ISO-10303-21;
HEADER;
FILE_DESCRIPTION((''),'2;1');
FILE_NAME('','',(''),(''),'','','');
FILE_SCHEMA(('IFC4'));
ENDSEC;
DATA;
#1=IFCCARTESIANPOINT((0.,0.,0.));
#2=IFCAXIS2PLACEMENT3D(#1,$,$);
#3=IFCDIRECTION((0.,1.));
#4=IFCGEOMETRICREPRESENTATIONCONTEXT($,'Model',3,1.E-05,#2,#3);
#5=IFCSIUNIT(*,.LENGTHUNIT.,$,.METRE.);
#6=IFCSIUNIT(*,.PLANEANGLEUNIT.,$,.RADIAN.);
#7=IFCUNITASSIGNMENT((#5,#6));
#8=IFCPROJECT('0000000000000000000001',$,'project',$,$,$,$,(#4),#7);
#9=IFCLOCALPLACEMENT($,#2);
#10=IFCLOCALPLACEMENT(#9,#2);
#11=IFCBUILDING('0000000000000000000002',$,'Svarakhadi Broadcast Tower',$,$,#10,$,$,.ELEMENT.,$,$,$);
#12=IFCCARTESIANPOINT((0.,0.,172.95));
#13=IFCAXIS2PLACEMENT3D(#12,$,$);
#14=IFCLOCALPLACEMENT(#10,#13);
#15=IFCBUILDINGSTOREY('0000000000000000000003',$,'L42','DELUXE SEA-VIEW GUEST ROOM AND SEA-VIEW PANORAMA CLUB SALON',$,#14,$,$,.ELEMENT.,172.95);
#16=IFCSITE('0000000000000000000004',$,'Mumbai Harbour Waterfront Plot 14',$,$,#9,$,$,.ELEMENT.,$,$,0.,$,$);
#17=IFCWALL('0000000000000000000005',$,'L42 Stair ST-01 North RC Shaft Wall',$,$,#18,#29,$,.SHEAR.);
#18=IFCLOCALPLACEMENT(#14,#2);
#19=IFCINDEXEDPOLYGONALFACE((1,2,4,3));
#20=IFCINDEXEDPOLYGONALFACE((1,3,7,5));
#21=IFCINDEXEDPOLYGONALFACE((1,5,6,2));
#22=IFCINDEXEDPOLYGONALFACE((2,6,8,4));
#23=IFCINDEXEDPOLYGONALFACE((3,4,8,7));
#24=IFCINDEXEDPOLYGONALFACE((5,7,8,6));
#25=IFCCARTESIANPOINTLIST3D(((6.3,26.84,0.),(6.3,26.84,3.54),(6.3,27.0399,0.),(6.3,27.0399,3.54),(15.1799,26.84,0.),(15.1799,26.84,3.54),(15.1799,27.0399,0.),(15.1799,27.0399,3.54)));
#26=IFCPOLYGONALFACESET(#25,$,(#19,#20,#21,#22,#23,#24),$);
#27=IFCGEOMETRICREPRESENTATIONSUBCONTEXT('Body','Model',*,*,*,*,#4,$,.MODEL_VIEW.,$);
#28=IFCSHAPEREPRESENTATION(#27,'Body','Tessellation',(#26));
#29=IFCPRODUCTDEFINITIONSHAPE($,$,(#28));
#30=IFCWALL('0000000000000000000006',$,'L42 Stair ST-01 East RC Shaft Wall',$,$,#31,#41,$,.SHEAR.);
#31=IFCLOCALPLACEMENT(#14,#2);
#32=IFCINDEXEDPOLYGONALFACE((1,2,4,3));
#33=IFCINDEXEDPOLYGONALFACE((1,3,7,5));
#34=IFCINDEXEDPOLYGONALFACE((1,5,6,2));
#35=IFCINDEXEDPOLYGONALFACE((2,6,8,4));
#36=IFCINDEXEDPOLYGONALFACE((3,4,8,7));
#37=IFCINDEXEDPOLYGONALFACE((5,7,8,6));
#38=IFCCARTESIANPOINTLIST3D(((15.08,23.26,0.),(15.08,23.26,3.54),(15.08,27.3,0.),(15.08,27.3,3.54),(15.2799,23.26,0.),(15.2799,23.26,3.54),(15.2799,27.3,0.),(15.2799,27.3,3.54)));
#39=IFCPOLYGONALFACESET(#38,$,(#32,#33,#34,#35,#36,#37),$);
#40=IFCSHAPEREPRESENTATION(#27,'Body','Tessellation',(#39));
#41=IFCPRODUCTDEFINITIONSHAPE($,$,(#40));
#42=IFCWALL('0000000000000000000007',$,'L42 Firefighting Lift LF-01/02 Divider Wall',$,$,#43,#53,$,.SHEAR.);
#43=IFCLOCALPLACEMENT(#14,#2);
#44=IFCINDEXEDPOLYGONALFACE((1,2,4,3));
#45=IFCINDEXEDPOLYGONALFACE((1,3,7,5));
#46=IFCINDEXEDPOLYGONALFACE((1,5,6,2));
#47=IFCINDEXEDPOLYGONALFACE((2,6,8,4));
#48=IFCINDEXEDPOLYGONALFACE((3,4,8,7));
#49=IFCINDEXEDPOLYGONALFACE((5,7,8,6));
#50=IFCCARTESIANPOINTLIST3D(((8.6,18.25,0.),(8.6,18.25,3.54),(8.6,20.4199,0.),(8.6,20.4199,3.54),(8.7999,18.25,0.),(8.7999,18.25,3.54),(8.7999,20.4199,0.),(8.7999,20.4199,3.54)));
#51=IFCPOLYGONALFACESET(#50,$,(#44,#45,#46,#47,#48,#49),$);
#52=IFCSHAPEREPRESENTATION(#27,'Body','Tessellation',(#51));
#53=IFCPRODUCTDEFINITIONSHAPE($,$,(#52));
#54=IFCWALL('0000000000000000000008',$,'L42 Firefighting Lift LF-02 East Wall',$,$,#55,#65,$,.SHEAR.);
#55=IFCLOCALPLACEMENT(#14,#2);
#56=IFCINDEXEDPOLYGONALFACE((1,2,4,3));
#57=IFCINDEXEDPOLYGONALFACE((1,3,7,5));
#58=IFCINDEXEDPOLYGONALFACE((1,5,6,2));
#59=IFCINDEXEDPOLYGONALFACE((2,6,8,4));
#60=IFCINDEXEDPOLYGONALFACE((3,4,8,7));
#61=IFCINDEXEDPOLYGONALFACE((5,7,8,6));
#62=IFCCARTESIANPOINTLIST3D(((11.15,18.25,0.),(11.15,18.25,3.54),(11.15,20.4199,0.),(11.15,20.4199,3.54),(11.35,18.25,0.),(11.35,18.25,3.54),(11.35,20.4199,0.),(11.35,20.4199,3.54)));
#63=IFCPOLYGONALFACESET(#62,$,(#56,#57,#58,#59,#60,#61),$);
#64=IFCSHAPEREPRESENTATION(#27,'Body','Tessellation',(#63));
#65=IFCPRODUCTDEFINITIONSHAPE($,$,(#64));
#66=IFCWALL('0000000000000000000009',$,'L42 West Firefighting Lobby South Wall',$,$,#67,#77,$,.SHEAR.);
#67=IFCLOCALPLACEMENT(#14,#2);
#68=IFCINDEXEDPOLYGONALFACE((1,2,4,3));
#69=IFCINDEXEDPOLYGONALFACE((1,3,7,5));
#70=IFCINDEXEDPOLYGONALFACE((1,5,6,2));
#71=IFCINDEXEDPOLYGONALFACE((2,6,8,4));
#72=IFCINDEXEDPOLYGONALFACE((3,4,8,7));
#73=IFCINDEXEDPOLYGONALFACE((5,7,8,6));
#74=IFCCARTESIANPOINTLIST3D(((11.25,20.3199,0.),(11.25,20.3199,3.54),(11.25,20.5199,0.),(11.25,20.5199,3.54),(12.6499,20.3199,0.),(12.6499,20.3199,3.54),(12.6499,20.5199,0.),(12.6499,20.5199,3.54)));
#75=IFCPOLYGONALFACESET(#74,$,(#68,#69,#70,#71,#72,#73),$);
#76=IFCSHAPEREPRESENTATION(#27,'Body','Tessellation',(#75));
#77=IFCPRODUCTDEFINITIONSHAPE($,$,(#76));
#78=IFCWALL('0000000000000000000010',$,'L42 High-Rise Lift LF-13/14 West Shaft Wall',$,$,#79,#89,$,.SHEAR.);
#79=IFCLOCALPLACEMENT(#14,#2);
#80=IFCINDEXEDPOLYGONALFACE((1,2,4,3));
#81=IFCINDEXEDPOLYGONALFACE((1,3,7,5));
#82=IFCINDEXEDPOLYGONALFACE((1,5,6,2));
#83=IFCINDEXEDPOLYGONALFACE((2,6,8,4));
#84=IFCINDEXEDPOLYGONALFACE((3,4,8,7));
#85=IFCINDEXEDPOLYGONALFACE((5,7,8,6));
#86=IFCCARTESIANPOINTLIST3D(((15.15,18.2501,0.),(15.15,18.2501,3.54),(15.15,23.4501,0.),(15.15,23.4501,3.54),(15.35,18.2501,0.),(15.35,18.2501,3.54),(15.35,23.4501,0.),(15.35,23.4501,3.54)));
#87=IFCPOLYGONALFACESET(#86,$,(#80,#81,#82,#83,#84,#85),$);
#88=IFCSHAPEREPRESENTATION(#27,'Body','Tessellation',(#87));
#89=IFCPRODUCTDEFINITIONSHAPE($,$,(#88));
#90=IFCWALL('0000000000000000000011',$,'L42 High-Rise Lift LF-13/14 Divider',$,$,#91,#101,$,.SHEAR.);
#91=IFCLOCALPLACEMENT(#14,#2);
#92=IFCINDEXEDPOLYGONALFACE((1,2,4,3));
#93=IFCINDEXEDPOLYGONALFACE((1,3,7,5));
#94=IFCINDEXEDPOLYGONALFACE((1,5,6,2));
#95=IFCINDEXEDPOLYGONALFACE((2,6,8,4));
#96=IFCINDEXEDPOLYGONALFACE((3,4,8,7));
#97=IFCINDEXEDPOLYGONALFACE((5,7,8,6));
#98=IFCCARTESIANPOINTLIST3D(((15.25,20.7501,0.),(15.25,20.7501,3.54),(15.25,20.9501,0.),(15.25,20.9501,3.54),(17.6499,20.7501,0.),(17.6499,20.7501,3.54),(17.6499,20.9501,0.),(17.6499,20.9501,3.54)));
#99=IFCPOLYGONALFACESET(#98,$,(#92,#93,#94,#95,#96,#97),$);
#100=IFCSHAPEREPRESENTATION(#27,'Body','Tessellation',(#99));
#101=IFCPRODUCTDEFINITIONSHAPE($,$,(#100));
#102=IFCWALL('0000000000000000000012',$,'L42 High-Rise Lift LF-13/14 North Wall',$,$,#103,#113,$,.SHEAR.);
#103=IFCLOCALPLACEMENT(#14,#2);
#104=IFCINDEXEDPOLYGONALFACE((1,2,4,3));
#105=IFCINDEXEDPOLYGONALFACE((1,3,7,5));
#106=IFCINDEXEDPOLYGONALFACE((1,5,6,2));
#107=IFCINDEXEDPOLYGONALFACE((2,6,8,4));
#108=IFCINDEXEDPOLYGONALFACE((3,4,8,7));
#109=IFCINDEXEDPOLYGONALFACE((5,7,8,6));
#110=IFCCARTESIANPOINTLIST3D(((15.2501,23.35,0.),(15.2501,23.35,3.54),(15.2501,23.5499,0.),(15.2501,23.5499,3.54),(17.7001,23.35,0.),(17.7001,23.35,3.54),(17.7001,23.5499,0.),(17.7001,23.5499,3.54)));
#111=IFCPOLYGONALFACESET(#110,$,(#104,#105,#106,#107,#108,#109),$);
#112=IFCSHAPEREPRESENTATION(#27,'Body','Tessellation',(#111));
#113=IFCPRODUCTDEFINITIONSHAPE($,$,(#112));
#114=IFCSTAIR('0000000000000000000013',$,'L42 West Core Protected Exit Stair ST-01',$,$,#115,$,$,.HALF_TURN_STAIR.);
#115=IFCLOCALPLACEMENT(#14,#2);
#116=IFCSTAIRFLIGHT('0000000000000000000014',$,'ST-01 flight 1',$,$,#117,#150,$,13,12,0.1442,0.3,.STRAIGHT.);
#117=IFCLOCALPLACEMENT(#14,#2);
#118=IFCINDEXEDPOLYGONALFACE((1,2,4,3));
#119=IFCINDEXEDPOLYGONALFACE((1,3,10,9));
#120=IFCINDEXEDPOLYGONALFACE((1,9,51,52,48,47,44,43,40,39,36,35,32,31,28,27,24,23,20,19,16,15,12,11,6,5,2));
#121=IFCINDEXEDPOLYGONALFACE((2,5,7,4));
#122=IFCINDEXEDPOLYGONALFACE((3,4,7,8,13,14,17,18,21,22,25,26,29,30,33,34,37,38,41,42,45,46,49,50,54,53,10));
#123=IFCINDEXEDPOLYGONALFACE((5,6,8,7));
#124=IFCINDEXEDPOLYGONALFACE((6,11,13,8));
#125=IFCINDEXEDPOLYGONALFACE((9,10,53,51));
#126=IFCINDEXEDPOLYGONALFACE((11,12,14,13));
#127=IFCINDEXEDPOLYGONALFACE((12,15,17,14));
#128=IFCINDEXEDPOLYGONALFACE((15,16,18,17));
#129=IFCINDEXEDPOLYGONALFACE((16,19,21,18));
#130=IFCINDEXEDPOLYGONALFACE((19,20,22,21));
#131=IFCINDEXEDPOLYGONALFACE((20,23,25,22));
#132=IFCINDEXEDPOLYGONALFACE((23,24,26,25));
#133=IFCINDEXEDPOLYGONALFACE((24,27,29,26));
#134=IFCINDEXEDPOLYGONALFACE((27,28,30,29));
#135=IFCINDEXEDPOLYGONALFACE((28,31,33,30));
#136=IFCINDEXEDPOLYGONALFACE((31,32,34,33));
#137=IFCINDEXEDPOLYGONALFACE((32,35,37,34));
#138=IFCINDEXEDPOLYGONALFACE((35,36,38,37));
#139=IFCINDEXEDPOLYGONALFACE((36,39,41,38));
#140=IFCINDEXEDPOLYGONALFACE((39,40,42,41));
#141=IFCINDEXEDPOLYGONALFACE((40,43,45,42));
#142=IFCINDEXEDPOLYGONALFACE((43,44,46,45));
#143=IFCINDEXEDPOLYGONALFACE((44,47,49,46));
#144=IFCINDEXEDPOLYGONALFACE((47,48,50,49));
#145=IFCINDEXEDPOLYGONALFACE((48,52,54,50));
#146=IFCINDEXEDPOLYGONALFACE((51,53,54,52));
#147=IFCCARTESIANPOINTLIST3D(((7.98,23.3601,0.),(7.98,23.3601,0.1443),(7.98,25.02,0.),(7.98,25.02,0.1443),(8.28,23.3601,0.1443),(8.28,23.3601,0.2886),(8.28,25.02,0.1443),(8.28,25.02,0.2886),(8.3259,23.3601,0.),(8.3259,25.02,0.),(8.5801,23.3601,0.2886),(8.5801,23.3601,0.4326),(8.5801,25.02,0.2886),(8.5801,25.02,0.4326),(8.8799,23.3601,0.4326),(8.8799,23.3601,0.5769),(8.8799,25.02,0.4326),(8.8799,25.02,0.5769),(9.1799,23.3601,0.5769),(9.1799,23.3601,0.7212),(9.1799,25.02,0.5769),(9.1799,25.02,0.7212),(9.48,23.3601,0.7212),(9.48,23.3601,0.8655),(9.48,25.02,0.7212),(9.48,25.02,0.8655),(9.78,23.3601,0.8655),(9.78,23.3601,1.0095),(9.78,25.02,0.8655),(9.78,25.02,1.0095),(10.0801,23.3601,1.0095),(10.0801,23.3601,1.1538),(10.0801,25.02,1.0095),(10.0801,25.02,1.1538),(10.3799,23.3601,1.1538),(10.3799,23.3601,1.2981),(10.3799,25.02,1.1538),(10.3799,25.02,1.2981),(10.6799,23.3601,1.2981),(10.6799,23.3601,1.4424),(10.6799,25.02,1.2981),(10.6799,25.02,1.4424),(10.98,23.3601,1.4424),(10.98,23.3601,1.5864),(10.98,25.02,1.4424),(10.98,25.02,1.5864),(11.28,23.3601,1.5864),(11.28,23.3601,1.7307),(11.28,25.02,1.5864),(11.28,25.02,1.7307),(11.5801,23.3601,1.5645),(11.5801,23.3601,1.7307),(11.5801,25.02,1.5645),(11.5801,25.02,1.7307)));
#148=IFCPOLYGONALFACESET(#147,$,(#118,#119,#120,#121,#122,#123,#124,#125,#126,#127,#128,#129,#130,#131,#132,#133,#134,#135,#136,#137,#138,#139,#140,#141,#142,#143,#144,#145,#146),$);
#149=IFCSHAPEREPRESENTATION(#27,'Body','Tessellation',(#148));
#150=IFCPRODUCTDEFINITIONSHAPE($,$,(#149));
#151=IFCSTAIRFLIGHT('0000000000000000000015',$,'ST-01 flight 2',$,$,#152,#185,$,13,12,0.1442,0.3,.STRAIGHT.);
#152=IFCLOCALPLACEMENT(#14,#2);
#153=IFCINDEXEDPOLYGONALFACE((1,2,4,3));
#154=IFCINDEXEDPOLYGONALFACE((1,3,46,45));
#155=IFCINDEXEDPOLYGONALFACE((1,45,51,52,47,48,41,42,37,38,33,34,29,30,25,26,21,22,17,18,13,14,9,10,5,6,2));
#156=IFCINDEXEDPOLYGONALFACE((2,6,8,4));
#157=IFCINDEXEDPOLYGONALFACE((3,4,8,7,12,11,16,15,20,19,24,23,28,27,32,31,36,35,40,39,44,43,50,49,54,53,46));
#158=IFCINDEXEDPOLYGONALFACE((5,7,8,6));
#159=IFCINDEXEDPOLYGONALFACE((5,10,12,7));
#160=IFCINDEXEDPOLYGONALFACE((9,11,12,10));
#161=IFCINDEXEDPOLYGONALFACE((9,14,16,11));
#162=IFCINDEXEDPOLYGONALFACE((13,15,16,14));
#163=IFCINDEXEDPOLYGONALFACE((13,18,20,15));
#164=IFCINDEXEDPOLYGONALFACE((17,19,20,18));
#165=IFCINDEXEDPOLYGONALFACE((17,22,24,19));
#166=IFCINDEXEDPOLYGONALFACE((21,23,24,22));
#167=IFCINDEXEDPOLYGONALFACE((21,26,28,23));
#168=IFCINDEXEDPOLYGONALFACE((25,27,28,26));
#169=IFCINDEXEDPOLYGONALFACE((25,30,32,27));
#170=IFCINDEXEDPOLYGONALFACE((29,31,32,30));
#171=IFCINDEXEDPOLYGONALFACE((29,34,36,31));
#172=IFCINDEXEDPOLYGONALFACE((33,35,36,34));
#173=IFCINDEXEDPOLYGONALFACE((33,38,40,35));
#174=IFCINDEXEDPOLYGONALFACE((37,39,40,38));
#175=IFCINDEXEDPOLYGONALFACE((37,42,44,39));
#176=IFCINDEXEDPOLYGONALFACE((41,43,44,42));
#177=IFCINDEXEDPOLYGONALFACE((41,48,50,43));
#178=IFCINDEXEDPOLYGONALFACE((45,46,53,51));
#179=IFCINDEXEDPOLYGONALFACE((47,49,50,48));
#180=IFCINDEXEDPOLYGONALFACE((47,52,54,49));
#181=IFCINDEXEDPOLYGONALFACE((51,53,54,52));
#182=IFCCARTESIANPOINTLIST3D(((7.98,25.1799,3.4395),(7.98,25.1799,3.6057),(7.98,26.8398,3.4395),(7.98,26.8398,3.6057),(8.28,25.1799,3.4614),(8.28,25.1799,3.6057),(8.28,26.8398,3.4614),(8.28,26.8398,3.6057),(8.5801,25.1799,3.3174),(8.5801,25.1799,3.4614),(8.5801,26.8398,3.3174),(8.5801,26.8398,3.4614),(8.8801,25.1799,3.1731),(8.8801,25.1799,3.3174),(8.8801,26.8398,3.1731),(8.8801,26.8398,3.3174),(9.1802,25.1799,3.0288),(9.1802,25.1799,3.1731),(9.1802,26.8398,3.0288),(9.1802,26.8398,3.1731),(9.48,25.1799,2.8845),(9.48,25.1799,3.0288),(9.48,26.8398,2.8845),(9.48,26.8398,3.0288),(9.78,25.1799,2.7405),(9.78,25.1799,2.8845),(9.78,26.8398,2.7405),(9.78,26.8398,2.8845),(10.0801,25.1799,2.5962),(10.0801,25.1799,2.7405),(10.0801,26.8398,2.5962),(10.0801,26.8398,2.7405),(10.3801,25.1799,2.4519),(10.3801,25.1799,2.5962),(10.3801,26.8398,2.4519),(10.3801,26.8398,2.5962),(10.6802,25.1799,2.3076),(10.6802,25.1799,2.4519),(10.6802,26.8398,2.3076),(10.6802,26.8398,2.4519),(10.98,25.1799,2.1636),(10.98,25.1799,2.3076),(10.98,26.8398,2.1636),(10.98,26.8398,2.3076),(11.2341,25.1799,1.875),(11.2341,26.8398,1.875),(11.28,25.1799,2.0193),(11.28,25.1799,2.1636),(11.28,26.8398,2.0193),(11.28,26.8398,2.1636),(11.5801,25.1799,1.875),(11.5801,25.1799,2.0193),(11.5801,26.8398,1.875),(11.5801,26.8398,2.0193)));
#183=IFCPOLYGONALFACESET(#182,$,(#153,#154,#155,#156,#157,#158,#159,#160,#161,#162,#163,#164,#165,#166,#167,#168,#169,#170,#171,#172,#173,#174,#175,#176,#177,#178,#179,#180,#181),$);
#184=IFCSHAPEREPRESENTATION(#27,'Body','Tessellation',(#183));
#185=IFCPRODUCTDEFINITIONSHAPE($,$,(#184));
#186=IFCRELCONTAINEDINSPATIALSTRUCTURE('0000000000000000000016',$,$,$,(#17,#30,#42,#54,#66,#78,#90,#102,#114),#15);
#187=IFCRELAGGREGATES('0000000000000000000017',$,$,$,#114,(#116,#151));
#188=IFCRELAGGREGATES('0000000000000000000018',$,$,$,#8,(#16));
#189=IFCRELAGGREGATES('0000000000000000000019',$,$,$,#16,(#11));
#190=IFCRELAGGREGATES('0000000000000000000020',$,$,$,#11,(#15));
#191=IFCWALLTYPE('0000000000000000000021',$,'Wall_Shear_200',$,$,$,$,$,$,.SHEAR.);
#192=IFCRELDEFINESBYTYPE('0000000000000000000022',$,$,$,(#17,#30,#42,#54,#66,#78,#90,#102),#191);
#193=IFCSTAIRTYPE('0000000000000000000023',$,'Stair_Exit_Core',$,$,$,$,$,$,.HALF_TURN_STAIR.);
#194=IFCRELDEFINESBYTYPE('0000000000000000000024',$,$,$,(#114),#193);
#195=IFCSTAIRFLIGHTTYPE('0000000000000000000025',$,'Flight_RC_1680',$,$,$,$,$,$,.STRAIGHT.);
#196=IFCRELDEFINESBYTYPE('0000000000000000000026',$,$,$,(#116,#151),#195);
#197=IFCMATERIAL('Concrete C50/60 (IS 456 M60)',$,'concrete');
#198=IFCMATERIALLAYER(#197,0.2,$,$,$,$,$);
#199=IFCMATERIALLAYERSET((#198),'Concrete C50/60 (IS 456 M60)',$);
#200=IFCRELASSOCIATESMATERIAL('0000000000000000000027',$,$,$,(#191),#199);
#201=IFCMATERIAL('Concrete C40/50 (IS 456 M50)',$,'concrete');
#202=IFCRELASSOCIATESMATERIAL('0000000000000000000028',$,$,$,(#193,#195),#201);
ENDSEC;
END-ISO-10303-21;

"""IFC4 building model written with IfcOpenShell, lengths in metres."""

from ifc_helpers import new_model, si_unit, direction, frame, frame_2d, origin, place, context, subcontext, project, spatial, polyline, rectangle, outline, extrude, material, layer, layer_set, type_object, element, aggregate, save


model = new_model("IFC4")

# Units and contexts
model_context = context("Model", 3, precision=1e-05, world=origin(), true_north=direction((0.0, 1.0)))
body_context = subcontext(model_context, "Body", "Model", "MODEL_VIEW")
ifc_project = project(units=[si_unit("LENGTHUNIT", "METRE"), si_unit("PLANEANGLEUNIT", "RADIAN")], contexts=[model_context])

# Site, building, storey
site_placement = place(None, origin())
site = spatial("IfcSite", under=ifc_project, at=site_placement, Name="Mumbai Harbour Waterfront Plot 14", CompositionType="ELEMENT", RefElevation=0.0)
building_placement = place(site_placement, origin())
building = spatial("IfcBuilding", under=site, at=building_placement, Name="Svarakhadi Broadcast Tower", CompositionType="ELEMENT")
storey_placement = place(building_placement, frame((0.0, 0.0, 172.95)))
storey = spatial("IfcBuildingStorey", under=building, at=storey_placement, Name="L42", Description="DELUXE SEA-VIEW GUEST ROOM AND SEA-VIEW PANORAMA CLUB SALON", CompositionType="ELEMENT", Elevation=172.95)

# Shared definitions
ifc_material_1 = material(Name="Concrete C50/60 (IS 456 M60)", Category="concrete")

# Shared definitions
ifc_material_2 = material(Name="Concrete C40/50 (IS 456 M50)", Category="concrete")

# Walls
ifc_layer_1 = layer(ifc_material_1, 0.2)
ifc_layer_set_1 = layer_set([ifc_layer_1], Name="Concrete C50/60 (IS 456 M60)")
wall_type_1 = type_object("IfcWallType", Name="Wall_Shear_200", PredefinedType="SHEAR", material=ifc_layer_set_1)
wall_1_placement = place(storey_placement, frame((6.3, 26.9399, 0.0), z_axis=(0.0, 0.0, 1.0), x_axis=(1.0, 0.0, 0.0)))
element("IfcWall", 1, at=wall_1_placement, inside=storey, type_object=wall_type_1, Name="L42 Stair ST-01 North RC Shaft Wall", PredefinedType="SHEAR", context=body_context, shape_type="SweptSolid", body=[
    extrude(rectangle(XDim=8.8799, YDim=0.2, at=frame_2d((4.4399, 0.0))), origin(), (0.0, 0.0, 1.0), 3.54),
])
wall_2_placement = place(storey_placement, frame((15.1799, 23.26, 0.0), z_axis=(0.0, 0.0, 1.0), x_axis=(0.0, 1.0, 0.0)))
element("IfcWall", 2, at=wall_2_placement, inside=storey, type_object=wall_type_1, Name="L42 Stair ST-01 East RC Shaft Wall", PredefinedType="SHEAR", context=body_context, shape_type="SweptSolid", body=[
    extrude(rectangle(XDim=4.04, YDim=0.2, at=frame_2d((2.02, 0.0))), origin(), (0.0, 0.0, 1.0), 3.54),
])
for number, where, z_axis, x_axis, name in (
    (3, (8.7, 18.25, 0.0), (0.0, 0.0, 1.0), (0.0, 1.0, 0.0), "L42 Firefighting Lift LF-01/02 Divider Wall"),
    (4, (11.25, 18.25, 0.0), (0.0, 0.0, 1.0), (0.0, 1.0, 0.0), "L42 Firefighting Lift LF-02 East Wall"),
):
    element("IfcWall", number, at=place(storey_placement, frame(where, z_axis=z_axis, x_axis=x_axis)), inside=storey, type_object=wall_type_1, Name=name, PredefinedType="SHEAR", context=body_context, shape_type="SweptSolid", body=[
        extrude(rectangle(XDim=2.1699, YDim=0.2, at=frame_2d((1.085, 0.0))), origin(), (0.0, 0.0, 1.0), 3.54),
    ])
wall_3_placement = place(storey_placement, frame((11.25, 20.4199, 0.0), z_axis=(0.0, 0.0, 1.0), x_axis=(1.0, 0.0, 0.0)))
element("IfcWall", 5, at=wall_3_placement, inside=storey, type_object=wall_type_1, Name="L42 West Firefighting Lobby South Wall", PredefinedType="SHEAR", context=body_context, shape_type="SweptSolid", body=[
    extrude(rectangle(XDim=1.3999, YDim=0.2, at=frame_2d((0.7, 0.0))), origin(), (0.0, 0.0, 1.0), 3.54),
])

# Walls
wall_4_placement = place(storey_placement, frame((15.25, 18.25, 0.0), z_axis=(0.0, 0.0, 1.0), x_axis=(0.0, 1.0, 0.0)))
element("IfcWall", 6, at=wall_4_placement, inside=storey, type_object=wall_type_1, Name="L42 High-Rise Lift LF-13/14 West Shaft Wall", PredefinedType="SHEAR", context=body_context, shape_type="SweptSolid", body=[
    extrude(rectangle(XDim=5.2, YDim=0.2, at=frame_2d((2.6001, 0.0))), origin(), (0.0, 0.0, 1.0), 3.54),
])
wall_5_placement = place(storey_placement, frame((15.25, 20.8501, 0.0), z_axis=(0.0, 0.0, 1.0), x_axis=(1.0, 0.0, 0.0)))
element("IfcWall", 7, at=wall_5_placement, inside=storey, type_object=wall_type_1, Name="L42 High-Rise Lift LF-13/14 Divider", PredefinedType="SHEAR", context=body_context, shape_type="SweptSolid", body=[
    extrude(rectangle(XDim=2.3999, YDim=0.2, at=frame_2d((1.2, 0.0))), origin(), (0.0, 0.0, 1.0), 3.54),
])
wall_6_placement = place(storey_placement, frame((15.25, 23.45, 0.0), z_axis=(0.0, 0.0, 1.0), x_axis=(1.0, 0.0, 0.0)))
element("IfcWall", 8, at=wall_6_placement, inside=storey, type_object=wall_type_1, Name="L42 High-Rise Lift LF-13/14 North Wall", PredefinedType="SHEAR", context=body_context, shape_type="SweptSolid", body=[
    extrude(rectangle(XDim=2.45, YDim=0.2, at=frame_2d((1.2251, 0.0))), origin(), (0.0, 0.0, 1.0), 3.54),
])

# Stair, stair flights
stair_type = type_object("IfcStairType", Name="Stair_Exit_Core", PredefinedType="HALF_TURN_STAIR", material=ifc_material_2)
stair_placement = place(storey_placement, origin())
stair = element("IfcStair", 9, at=stair_placement, inside=storey, type_object=stair_type, Name="L42 West Core Protected Exit Stair ST-01", PredefinedType="HALF_TURN_STAIR")
stair_flight_type = type_object("IfcStairFlightType", Name="Flight_RC_1680", PredefinedType="STRAIGHT", material=ifc_material_2)
stair_flight_1_placement = place(storey_placement, frame((7.98, 24.1899, 0.0), z_axis=(0.0, 0.0, 1.0), x_axis=(1.0, 0.0, 0.0)))
stair_flight_1 = element("IfcStairFlight", 10, at=stair_flight_1_placement, type_object=stair_flight_type, Name="ST-01 flight 1", NumberOfRisers=13, NumberOfTreads=12, PredefinedType="STRAIGHT", RiserHeight=0.1442, TreadLength=0.3, context=body_context, shape_type="SweptSolid", body=[
    extrude(outline(polyline([(0.0, 0.0), (0.0, 0.1443), (0.3, 0.1443), (0.3, 0.2886), (0.6001, 0.2886), (0.6001, 0.4326), (0.8999, 0.4326), (0.8999, 0.5769), (1.2, 0.5769), (1.2, 0.7212), (1.5, 0.7212), (1.5, 0.8655), (1.8, 0.8655), (1.8, 1.0095), (2.1001, 1.0095), (2.1001, 1.1538), (2.3999, 1.1538), (2.3999, 1.2981), (2.7, 1.2981), (2.7, 1.4424), (3.0, 1.4424), (3.0, 1.5864), (3.3, 1.5864), (3.3, 1.7307), (3.6001, 1.7307), (3.6001, 1.875), (3.6001, 1.5645), (0.3459, 0.0), (0.0, 0.0)])), frame((0.0, 0.8301, 0.0), z_axis=(0.0, -1.0, 0.0), x_axis=(1.0, 0.0, 0.0)), (0.0, 0.0, 1.0), 1.6599),
])
stair_flight_2_placement = place(storey_placement, frame((11.5801, 26.01, 1.875), z_axis=(0.0, 0.0, 1.0), x_axis=(-1.0, 0.0, 0.0)))
stair_flight_2 = element("IfcStairFlight", 11, at=stair_flight_2_placement, type_object=stair_flight_type, Name="ST-01 flight 2", NumberOfRisers=13, NumberOfTreads=12, PredefinedType="STRAIGHT", RiserHeight=0.1442, TreadLength=0.3, context=body_context, shape_type="SweptSolid", body=[
    extrude(outline(polyline([(0.0, 0.0), (0.0, 0.1443), (0.3, 0.1443), (0.3, 0.2886), (0.6001, 0.2886), (0.6001, 0.4326), (0.8999, 0.4326), (0.8999, 0.5769), (1.2, 0.5769), (1.2, 0.7212), (1.5, 0.7212), (1.5, 0.8655), (1.8, 0.8655), (1.8, 1.0095), (2.1001, 1.0095), (2.1001, 1.1538), (2.3999, 1.1538), (2.3999, 1.2981), (2.7, 1.2981), (2.7, 1.4424), (3.0, 1.4424), (3.0, 1.5864), (3.3, 1.5864), (3.3, 1.7307), (3.6001, 1.7307), (3.6001, 1.875), (3.6001, 1.5645), (0.3459, 0.0), (0.0, 0.0)])), frame((0.0, 0.8301, 0.0), z_axis=(0.0, -1.0, 0.0), x_axis=(1.0, 0.0, 0.0)), (0.0, 0.0, 1.0), 1.6599),
])
aggregate(stair, [stair_flight_1, stair_flight_2])

save(model, "model.ifc")
